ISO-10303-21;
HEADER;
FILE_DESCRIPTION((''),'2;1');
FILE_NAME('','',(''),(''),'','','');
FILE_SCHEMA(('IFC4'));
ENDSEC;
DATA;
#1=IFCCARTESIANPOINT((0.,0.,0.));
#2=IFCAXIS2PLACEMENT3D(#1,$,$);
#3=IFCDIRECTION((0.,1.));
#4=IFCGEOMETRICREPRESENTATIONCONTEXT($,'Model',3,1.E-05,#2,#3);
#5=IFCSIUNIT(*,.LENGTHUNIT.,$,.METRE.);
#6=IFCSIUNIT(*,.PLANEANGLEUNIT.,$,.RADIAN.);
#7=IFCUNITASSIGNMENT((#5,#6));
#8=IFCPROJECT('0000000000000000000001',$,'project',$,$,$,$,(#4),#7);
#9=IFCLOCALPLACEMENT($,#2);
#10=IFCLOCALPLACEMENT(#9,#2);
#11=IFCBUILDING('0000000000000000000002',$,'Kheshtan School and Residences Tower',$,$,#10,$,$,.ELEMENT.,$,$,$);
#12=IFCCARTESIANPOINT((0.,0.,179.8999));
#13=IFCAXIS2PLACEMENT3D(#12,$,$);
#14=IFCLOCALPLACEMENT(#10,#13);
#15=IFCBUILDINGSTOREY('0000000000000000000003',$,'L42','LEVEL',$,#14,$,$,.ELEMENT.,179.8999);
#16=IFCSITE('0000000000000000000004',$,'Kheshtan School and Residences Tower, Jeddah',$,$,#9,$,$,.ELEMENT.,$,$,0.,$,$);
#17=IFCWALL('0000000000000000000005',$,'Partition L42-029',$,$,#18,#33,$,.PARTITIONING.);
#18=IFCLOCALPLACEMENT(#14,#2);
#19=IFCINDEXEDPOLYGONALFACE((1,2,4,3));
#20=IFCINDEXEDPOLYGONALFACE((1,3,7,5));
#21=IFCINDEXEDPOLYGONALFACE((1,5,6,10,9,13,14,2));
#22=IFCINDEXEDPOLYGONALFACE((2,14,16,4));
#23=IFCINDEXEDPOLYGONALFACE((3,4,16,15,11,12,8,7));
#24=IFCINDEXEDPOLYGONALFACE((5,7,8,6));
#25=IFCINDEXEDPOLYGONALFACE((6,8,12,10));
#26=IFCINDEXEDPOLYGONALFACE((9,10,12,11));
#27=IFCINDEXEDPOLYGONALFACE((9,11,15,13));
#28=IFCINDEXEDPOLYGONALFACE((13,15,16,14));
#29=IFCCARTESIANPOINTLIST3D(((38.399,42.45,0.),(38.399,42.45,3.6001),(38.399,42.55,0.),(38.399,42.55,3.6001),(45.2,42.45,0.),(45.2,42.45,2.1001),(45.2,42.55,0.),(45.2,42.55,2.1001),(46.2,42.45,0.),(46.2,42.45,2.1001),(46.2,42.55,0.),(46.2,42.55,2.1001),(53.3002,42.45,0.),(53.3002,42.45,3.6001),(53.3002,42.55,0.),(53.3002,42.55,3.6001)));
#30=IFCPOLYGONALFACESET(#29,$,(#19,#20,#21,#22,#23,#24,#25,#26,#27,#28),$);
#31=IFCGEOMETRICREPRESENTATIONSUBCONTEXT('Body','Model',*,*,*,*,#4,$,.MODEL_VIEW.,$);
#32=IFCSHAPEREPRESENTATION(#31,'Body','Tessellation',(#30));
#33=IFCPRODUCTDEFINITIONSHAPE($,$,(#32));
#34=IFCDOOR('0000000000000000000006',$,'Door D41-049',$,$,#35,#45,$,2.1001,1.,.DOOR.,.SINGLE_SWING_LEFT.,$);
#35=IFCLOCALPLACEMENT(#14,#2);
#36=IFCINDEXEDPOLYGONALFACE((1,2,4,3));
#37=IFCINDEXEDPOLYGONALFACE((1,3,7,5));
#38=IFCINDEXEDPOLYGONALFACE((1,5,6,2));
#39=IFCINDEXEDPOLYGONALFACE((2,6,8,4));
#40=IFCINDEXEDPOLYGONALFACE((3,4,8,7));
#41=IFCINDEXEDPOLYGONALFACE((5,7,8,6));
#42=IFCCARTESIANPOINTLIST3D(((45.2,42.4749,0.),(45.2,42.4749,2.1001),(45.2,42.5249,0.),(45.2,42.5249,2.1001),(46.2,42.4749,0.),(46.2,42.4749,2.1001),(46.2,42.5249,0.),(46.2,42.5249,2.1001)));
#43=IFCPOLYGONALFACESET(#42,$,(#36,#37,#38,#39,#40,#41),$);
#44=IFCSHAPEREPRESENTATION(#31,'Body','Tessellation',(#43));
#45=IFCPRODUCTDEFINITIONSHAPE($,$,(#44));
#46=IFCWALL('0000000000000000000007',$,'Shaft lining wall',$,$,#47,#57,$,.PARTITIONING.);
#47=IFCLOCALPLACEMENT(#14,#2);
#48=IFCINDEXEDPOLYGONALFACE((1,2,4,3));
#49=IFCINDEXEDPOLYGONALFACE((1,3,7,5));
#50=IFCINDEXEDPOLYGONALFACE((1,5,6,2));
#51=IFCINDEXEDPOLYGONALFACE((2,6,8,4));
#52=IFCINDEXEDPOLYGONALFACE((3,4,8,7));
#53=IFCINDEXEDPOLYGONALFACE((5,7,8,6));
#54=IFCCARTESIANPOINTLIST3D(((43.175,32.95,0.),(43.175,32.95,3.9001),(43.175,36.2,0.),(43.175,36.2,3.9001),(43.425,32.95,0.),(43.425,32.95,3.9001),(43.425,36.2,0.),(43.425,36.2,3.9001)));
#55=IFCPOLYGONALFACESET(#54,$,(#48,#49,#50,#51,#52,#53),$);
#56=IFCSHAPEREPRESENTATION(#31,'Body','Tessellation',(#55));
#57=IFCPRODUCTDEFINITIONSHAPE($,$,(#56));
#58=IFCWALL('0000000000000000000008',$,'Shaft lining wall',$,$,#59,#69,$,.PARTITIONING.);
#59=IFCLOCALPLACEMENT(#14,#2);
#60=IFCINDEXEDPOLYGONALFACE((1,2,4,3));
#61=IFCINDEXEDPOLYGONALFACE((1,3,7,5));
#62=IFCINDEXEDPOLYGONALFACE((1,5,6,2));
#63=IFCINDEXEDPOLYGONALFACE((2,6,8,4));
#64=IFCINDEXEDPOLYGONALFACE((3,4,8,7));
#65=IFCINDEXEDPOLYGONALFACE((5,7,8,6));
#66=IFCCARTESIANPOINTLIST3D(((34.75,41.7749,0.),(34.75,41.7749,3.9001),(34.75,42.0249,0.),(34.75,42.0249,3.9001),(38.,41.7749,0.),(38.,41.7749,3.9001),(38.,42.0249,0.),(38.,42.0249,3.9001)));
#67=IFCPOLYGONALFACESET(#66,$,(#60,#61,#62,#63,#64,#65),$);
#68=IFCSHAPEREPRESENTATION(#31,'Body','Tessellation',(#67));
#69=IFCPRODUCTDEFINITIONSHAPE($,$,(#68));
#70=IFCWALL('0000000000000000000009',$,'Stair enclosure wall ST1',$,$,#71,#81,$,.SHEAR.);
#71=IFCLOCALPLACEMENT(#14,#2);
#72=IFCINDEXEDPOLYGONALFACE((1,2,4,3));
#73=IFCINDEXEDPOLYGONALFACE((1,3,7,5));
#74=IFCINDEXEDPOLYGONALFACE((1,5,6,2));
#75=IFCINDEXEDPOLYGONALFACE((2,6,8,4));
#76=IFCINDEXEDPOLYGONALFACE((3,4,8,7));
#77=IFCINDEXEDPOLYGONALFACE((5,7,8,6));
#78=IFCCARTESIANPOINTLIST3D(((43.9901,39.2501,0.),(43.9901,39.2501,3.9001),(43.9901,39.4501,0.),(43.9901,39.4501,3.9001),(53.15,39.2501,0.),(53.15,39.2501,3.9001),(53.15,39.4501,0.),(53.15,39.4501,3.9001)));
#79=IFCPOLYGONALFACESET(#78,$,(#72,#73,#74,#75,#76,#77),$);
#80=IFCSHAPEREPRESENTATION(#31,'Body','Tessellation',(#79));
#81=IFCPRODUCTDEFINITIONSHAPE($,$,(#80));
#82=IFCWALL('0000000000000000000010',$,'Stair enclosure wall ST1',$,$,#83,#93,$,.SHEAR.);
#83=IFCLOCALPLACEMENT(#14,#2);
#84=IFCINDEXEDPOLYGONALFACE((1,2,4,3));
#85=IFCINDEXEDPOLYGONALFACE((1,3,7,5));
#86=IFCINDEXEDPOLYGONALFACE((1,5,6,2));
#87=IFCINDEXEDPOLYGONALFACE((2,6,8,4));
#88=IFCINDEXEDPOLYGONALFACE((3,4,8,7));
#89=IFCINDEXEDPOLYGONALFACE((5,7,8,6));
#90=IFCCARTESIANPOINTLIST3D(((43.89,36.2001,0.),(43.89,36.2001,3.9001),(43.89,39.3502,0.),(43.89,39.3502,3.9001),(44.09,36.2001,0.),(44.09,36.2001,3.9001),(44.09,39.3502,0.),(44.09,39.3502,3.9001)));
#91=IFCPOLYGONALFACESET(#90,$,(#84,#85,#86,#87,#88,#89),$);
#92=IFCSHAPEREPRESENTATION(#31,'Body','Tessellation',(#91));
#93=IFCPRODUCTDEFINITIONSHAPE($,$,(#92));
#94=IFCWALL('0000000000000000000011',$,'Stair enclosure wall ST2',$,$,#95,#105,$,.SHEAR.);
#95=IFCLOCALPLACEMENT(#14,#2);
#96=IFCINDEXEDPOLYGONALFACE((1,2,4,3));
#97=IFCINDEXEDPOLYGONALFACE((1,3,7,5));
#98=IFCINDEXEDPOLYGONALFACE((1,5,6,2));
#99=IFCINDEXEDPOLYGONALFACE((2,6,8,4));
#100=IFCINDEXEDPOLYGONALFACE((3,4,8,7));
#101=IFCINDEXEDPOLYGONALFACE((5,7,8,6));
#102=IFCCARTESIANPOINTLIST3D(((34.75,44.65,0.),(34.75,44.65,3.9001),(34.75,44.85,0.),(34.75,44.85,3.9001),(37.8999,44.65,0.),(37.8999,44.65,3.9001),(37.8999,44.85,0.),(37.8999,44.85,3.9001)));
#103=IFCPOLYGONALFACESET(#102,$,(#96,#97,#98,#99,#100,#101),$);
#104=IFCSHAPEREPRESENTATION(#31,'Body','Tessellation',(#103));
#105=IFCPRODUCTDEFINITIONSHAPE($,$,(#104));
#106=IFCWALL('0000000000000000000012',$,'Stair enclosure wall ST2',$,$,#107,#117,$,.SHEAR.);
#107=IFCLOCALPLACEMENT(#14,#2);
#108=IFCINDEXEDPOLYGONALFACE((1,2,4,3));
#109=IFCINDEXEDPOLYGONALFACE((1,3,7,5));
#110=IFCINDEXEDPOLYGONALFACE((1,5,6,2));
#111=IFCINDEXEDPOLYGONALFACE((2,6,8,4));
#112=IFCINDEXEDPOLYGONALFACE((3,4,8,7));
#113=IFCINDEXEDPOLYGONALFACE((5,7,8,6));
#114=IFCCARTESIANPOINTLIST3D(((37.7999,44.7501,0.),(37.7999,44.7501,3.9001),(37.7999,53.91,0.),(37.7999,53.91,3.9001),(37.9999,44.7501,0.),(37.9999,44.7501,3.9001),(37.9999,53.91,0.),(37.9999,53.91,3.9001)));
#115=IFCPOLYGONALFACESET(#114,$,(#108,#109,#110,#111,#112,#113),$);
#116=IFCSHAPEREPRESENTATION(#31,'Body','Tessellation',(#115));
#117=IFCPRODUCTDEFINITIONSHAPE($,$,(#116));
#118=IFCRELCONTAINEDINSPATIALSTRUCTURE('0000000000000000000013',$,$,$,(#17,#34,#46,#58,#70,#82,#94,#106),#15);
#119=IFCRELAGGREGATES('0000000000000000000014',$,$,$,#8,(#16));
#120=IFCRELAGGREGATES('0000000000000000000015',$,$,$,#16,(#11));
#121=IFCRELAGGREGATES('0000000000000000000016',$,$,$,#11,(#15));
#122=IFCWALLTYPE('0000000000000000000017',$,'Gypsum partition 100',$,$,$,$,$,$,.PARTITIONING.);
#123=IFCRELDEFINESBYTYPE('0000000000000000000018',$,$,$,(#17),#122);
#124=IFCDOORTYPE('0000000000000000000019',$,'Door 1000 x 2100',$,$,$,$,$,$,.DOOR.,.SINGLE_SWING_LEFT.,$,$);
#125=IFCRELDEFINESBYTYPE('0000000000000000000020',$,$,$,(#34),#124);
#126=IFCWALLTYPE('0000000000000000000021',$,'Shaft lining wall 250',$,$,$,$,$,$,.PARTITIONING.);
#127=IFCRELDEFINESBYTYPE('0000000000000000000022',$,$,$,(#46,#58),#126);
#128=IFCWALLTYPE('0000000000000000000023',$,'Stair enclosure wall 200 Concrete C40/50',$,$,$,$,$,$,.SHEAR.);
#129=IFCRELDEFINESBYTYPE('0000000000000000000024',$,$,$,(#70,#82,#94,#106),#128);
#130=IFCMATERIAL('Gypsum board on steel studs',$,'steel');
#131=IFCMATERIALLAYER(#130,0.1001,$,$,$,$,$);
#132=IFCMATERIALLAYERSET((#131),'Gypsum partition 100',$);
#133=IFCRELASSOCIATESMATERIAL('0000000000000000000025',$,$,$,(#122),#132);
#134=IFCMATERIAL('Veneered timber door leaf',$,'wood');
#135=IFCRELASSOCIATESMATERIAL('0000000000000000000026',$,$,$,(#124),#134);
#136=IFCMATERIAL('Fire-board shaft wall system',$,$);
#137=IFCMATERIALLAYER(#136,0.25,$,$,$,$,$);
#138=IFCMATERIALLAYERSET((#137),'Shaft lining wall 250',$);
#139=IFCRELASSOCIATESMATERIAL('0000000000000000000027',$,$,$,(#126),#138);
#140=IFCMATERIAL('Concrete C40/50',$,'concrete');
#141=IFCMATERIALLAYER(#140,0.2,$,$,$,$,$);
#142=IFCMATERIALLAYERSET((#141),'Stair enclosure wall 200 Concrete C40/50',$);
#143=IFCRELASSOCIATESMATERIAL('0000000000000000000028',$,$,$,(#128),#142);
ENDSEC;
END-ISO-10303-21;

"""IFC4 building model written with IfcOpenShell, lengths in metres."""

from ifc_helpers import new_model, si_unit, direction, frame, frame_2d, origin, place, context, subcontext, project, spatial, rectangle, extrude, source, transform, mapped, material, layer, layer_set, type_object, element, fill, save


model = new_model("IFC4")

# Units and contexts
model_context = context("Model", 3, precision=1e-05, world=origin(), true_north=direction((0.0, 1.0)))
body_context = subcontext(model_context, "Body", "Model", "MODEL_VIEW")
ifc_project = project(units=[si_unit("LENGTHUNIT", "METRE"), si_unit("PLANEANGLEUNIT", "RADIAN")], contexts=[model_context])

# Site, building, storey
site_placement = place(None, origin())
site = spatial("IfcSite", under=ifc_project, at=site_placement, Name="Kheshtan School and Residences Tower, Jeddah", CompositionType="ELEMENT", RefElevation=0.0)
building_placement = place(site_placement, origin())
building = spatial("IfcBuilding", under=site, at=building_placement, Name="Kheshtan School and Residences Tower", CompositionType="ELEMENT")
storey_placement = place(building_placement, frame((0.0, 0.0, 179.8999)))
storey = spatial("IfcBuildingStorey", under=building, at=storey_placement, Name="L42", Description="LEVEL", CompositionType="ELEMENT", Elevation=179.8999)

# Wall, opening, door
ifc_material_1 = material(Name="Gypsum board on steel studs", Category="steel")
ifc_layer_1 = layer(ifc_material_1, 0.1001)
ifc_layer_set_1 = layer_set([ifc_layer_1], Name="Gypsum partition 100")
wall_type_1 = type_object("IfcWallType", Name="Gypsum partition 100", PredefinedType="PARTITIONING", material=ifc_layer_set_1)
wall_1_placement = place(storey_placement, frame((38.3989, 42.5, 0.0), z_axis=(0.0, 0.0, 1.0), x_axis=(1.0, 0.0, 0.0)))
wall_1 = element("IfcWall", 1, at=wall_1_placement, inside=storey, type_object=wall_type_1, Name="Partition L42-029", PredefinedType="PARTITIONING", context=body_context, shape_type="SweptSolid", body=[
    extrude(rectangle(XDim=14.9011, YDim=0.1001, at=frame_2d((7.4507, 0.0))), origin(), (0.0, 0.0, 1.0), 3.6001),
])
opening_1_placement = place(wall_1_placement, frame((6.801, 0.0, 0.0)))
opening_1 = element("IfcOpeningElement", 2, at=opening_1_placement, cuts=wall_1, PredefinedType="OPENING", context=body_context, shape_type="SweptSolid", body=[
    extrude(rectangle(XDim=1.0, YDim=2.1001, at=frame_2d((0.5, 1.05))), frame((0.0, 0.0601, 0.0), z_axis=(0.0, -1.0, 0.0), x_axis=(1.0, 0.0, 0.0)), (0.0, 0.0, 1.0), 0.1201),
])
ifc_material_2 = material(Name="Veneered timber door leaf", Category="wood")
door_type_1 = type_object("IfcDoorType", Name="Door 1000 x 2100", OperationType="SINGLE_SWING_LEFT", PredefinedType="DOOR", material=ifc_material_2)
shared_shape_1 = source(origin(), body_context, "Body", "SweptSolid", [
    extrude(rectangle(XDim=1.0, YDim=2.1001, at=frame_2d((0.5, 1.05))), frame((0.0, 0.0249, 0.0), z_axis=(0.0, -1.0, 0.0), x_axis=(1.0, 0.0, 0.0)), (0.0, 0.0, 1.0), 0.05),
])
door_1_placement = place(opening_1_placement, origin())
door_1 = element("IfcDoor", 3, at=door_1_placement, inside=storey, type_object=door_type_1, Name="Door D41-049", OperationType="SINGLE_SWING_LEFT", OverallHeight=2.1001, OverallWidth=1.0, PredefinedType="DOOR", context=body_context, shape_type="MappedRepresentation", body=[
    mapped(shared_shape_1, transform((0.0, 0.0, 0.0), x_axis=(1.0, 0.0, 0.0), y_axis=(0.0, 1.0, 0.0), z_axis=(0.0, 0.0, 1.0), scale=1.0)),
])
fill(opening_1, door_1)

# Walls
ifc_material_3 = material(Name="Fire-board shaft wall system")
ifc_layer_2 = layer(ifc_material_3, 0.25)
ifc_layer_set_2 = layer_set([ifc_layer_2], Name="Shaft lining wall 250")
wall_type_2 = type_object("IfcWallType", Name="Shaft lining wall 250", PredefinedType="PARTITIONING", material=ifc_layer_set_2)
for number, where, z_axis, x_axis, name in (
    (4, (43.3, 32.95, 0.0), (0.0, 0.0, 1.0), (0.0, 1.0, 0.0), "Shaft lining wall"),
    (5, (34.75, 41.8999, 0.0), (0.0, 0.0, 1.0), (1.0, 0.0, 0.0), "Shaft lining wall"),
):
    element("IfcWall", number, at=place(storey_placement, frame(where, z_axis=z_axis, x_axis=x_axis)), inside=storey, type_object=wall_type_2, Name=name, PredefinedType="PARTITIONING", context=body_context, shape_type="SweptSolid", body=[
        extrude(rectangle(XDim=3.25, YDim=0.25, at=frame_2d((1.625, 0.0))), origin(), (0.0, 0.0, 1.0), 3.9001),
    ])
ifc_material_4 = material(Name="Concrete C40/50", Category="concrete")
ifc_layer_3 = layer(ifc_material_4, 0.2)
ifc_layer_set_3 = layer_set([ifc_layer_3], Name="Stair enclosure wall 200 Concrete C40/50")
wall_type_3 = type_object("IfcWallType", Name="Stair enclosure wall 200 Concrete C40/50", PredefinedType="SHEAR", material=ifc_layer_set_3)
wall_2_placement = place(storey_placement, frame((43.99, 39.3501, 0.0), z_axis=(0.0, 0.0, 1.0), x_axis=(1.0, 0.0, 0.0)))
element("IfcWall", 6, at=wall_2_placement, inside=storey, type_object=wall_type_3, Name="Stair enclosure wall ST1", PredefinedType="SHEAR", context=body_context, shape_type="SweptSolid", body=[
    extrude(rectangle(XDim=9.1599, YDim=0.2, at=frame_2d((4.5801, 0.0))), origin(), (0.0, 0.0, 1.0), 3.9001),
])
wall_3_placement = place(storey_placement, frame((43.99, 36.2, 0.0), z_axis=(0.0, 0.0, 1.0), x_axis=(0.0, 1.0, 0.0)))
element("IfcWall", 7, at=wall_3_placement, inside=storey, type_object=wall_type_3, Name="Stair enclosure wall ST1", PredefinedType="SHEAR", context=body_context, shape_type="SweptSolid", body=[
    extrude(rectangle(XDim=3.1501, YDim=0.2, at=frame_2d((1.5752, 0.0))), origin(), (0.0, 0.0, 1.0), 3.9001),
])
wall_4_placement = place(storey_placement, frame((34.75, 44.75, 0.0), z_axis=(0.0, 0.0, 1.0), x_axis=(1.0, 0.0, 0.0)))
element("IfcWall", 8, at=wall_4_placement, inside=storey, type_object=wall_type_3, Name="Stair enclosure wall ST2", PredefinedType="SHEAR", context=body_context, shape_type="SweptSolid", body=[
    extrude(rectangle(XDim=3.1499, YDim=0.2, at=frame_2d((1.575, 0.0))), origin(), (0.0, 0.0, 1.0), 3.9001),
])
wall_5_placement = place(storey_placement, frame((37.8999, 44.75, 0.0), z_axis=(0.0, 0.0, 1.0), x_axis=(0.0, 1.0, 0.0)))
element("IfcWall", 9, at=wall_5_placement, inside=storey, type_object=wall_type_3, Name="Stair enclosure wall ST2", PredefinedType="SHEAR", context=body_context, shape_type="SweptSolid", body=[
    extrude(rectangle(XDim=9.1599, YDim=0.2, at=frame_2d((4.5801, 0.0))), origin(), (0.0, 0.0, 1.0), 3.9001),
])

save(model, "model.ifc")
